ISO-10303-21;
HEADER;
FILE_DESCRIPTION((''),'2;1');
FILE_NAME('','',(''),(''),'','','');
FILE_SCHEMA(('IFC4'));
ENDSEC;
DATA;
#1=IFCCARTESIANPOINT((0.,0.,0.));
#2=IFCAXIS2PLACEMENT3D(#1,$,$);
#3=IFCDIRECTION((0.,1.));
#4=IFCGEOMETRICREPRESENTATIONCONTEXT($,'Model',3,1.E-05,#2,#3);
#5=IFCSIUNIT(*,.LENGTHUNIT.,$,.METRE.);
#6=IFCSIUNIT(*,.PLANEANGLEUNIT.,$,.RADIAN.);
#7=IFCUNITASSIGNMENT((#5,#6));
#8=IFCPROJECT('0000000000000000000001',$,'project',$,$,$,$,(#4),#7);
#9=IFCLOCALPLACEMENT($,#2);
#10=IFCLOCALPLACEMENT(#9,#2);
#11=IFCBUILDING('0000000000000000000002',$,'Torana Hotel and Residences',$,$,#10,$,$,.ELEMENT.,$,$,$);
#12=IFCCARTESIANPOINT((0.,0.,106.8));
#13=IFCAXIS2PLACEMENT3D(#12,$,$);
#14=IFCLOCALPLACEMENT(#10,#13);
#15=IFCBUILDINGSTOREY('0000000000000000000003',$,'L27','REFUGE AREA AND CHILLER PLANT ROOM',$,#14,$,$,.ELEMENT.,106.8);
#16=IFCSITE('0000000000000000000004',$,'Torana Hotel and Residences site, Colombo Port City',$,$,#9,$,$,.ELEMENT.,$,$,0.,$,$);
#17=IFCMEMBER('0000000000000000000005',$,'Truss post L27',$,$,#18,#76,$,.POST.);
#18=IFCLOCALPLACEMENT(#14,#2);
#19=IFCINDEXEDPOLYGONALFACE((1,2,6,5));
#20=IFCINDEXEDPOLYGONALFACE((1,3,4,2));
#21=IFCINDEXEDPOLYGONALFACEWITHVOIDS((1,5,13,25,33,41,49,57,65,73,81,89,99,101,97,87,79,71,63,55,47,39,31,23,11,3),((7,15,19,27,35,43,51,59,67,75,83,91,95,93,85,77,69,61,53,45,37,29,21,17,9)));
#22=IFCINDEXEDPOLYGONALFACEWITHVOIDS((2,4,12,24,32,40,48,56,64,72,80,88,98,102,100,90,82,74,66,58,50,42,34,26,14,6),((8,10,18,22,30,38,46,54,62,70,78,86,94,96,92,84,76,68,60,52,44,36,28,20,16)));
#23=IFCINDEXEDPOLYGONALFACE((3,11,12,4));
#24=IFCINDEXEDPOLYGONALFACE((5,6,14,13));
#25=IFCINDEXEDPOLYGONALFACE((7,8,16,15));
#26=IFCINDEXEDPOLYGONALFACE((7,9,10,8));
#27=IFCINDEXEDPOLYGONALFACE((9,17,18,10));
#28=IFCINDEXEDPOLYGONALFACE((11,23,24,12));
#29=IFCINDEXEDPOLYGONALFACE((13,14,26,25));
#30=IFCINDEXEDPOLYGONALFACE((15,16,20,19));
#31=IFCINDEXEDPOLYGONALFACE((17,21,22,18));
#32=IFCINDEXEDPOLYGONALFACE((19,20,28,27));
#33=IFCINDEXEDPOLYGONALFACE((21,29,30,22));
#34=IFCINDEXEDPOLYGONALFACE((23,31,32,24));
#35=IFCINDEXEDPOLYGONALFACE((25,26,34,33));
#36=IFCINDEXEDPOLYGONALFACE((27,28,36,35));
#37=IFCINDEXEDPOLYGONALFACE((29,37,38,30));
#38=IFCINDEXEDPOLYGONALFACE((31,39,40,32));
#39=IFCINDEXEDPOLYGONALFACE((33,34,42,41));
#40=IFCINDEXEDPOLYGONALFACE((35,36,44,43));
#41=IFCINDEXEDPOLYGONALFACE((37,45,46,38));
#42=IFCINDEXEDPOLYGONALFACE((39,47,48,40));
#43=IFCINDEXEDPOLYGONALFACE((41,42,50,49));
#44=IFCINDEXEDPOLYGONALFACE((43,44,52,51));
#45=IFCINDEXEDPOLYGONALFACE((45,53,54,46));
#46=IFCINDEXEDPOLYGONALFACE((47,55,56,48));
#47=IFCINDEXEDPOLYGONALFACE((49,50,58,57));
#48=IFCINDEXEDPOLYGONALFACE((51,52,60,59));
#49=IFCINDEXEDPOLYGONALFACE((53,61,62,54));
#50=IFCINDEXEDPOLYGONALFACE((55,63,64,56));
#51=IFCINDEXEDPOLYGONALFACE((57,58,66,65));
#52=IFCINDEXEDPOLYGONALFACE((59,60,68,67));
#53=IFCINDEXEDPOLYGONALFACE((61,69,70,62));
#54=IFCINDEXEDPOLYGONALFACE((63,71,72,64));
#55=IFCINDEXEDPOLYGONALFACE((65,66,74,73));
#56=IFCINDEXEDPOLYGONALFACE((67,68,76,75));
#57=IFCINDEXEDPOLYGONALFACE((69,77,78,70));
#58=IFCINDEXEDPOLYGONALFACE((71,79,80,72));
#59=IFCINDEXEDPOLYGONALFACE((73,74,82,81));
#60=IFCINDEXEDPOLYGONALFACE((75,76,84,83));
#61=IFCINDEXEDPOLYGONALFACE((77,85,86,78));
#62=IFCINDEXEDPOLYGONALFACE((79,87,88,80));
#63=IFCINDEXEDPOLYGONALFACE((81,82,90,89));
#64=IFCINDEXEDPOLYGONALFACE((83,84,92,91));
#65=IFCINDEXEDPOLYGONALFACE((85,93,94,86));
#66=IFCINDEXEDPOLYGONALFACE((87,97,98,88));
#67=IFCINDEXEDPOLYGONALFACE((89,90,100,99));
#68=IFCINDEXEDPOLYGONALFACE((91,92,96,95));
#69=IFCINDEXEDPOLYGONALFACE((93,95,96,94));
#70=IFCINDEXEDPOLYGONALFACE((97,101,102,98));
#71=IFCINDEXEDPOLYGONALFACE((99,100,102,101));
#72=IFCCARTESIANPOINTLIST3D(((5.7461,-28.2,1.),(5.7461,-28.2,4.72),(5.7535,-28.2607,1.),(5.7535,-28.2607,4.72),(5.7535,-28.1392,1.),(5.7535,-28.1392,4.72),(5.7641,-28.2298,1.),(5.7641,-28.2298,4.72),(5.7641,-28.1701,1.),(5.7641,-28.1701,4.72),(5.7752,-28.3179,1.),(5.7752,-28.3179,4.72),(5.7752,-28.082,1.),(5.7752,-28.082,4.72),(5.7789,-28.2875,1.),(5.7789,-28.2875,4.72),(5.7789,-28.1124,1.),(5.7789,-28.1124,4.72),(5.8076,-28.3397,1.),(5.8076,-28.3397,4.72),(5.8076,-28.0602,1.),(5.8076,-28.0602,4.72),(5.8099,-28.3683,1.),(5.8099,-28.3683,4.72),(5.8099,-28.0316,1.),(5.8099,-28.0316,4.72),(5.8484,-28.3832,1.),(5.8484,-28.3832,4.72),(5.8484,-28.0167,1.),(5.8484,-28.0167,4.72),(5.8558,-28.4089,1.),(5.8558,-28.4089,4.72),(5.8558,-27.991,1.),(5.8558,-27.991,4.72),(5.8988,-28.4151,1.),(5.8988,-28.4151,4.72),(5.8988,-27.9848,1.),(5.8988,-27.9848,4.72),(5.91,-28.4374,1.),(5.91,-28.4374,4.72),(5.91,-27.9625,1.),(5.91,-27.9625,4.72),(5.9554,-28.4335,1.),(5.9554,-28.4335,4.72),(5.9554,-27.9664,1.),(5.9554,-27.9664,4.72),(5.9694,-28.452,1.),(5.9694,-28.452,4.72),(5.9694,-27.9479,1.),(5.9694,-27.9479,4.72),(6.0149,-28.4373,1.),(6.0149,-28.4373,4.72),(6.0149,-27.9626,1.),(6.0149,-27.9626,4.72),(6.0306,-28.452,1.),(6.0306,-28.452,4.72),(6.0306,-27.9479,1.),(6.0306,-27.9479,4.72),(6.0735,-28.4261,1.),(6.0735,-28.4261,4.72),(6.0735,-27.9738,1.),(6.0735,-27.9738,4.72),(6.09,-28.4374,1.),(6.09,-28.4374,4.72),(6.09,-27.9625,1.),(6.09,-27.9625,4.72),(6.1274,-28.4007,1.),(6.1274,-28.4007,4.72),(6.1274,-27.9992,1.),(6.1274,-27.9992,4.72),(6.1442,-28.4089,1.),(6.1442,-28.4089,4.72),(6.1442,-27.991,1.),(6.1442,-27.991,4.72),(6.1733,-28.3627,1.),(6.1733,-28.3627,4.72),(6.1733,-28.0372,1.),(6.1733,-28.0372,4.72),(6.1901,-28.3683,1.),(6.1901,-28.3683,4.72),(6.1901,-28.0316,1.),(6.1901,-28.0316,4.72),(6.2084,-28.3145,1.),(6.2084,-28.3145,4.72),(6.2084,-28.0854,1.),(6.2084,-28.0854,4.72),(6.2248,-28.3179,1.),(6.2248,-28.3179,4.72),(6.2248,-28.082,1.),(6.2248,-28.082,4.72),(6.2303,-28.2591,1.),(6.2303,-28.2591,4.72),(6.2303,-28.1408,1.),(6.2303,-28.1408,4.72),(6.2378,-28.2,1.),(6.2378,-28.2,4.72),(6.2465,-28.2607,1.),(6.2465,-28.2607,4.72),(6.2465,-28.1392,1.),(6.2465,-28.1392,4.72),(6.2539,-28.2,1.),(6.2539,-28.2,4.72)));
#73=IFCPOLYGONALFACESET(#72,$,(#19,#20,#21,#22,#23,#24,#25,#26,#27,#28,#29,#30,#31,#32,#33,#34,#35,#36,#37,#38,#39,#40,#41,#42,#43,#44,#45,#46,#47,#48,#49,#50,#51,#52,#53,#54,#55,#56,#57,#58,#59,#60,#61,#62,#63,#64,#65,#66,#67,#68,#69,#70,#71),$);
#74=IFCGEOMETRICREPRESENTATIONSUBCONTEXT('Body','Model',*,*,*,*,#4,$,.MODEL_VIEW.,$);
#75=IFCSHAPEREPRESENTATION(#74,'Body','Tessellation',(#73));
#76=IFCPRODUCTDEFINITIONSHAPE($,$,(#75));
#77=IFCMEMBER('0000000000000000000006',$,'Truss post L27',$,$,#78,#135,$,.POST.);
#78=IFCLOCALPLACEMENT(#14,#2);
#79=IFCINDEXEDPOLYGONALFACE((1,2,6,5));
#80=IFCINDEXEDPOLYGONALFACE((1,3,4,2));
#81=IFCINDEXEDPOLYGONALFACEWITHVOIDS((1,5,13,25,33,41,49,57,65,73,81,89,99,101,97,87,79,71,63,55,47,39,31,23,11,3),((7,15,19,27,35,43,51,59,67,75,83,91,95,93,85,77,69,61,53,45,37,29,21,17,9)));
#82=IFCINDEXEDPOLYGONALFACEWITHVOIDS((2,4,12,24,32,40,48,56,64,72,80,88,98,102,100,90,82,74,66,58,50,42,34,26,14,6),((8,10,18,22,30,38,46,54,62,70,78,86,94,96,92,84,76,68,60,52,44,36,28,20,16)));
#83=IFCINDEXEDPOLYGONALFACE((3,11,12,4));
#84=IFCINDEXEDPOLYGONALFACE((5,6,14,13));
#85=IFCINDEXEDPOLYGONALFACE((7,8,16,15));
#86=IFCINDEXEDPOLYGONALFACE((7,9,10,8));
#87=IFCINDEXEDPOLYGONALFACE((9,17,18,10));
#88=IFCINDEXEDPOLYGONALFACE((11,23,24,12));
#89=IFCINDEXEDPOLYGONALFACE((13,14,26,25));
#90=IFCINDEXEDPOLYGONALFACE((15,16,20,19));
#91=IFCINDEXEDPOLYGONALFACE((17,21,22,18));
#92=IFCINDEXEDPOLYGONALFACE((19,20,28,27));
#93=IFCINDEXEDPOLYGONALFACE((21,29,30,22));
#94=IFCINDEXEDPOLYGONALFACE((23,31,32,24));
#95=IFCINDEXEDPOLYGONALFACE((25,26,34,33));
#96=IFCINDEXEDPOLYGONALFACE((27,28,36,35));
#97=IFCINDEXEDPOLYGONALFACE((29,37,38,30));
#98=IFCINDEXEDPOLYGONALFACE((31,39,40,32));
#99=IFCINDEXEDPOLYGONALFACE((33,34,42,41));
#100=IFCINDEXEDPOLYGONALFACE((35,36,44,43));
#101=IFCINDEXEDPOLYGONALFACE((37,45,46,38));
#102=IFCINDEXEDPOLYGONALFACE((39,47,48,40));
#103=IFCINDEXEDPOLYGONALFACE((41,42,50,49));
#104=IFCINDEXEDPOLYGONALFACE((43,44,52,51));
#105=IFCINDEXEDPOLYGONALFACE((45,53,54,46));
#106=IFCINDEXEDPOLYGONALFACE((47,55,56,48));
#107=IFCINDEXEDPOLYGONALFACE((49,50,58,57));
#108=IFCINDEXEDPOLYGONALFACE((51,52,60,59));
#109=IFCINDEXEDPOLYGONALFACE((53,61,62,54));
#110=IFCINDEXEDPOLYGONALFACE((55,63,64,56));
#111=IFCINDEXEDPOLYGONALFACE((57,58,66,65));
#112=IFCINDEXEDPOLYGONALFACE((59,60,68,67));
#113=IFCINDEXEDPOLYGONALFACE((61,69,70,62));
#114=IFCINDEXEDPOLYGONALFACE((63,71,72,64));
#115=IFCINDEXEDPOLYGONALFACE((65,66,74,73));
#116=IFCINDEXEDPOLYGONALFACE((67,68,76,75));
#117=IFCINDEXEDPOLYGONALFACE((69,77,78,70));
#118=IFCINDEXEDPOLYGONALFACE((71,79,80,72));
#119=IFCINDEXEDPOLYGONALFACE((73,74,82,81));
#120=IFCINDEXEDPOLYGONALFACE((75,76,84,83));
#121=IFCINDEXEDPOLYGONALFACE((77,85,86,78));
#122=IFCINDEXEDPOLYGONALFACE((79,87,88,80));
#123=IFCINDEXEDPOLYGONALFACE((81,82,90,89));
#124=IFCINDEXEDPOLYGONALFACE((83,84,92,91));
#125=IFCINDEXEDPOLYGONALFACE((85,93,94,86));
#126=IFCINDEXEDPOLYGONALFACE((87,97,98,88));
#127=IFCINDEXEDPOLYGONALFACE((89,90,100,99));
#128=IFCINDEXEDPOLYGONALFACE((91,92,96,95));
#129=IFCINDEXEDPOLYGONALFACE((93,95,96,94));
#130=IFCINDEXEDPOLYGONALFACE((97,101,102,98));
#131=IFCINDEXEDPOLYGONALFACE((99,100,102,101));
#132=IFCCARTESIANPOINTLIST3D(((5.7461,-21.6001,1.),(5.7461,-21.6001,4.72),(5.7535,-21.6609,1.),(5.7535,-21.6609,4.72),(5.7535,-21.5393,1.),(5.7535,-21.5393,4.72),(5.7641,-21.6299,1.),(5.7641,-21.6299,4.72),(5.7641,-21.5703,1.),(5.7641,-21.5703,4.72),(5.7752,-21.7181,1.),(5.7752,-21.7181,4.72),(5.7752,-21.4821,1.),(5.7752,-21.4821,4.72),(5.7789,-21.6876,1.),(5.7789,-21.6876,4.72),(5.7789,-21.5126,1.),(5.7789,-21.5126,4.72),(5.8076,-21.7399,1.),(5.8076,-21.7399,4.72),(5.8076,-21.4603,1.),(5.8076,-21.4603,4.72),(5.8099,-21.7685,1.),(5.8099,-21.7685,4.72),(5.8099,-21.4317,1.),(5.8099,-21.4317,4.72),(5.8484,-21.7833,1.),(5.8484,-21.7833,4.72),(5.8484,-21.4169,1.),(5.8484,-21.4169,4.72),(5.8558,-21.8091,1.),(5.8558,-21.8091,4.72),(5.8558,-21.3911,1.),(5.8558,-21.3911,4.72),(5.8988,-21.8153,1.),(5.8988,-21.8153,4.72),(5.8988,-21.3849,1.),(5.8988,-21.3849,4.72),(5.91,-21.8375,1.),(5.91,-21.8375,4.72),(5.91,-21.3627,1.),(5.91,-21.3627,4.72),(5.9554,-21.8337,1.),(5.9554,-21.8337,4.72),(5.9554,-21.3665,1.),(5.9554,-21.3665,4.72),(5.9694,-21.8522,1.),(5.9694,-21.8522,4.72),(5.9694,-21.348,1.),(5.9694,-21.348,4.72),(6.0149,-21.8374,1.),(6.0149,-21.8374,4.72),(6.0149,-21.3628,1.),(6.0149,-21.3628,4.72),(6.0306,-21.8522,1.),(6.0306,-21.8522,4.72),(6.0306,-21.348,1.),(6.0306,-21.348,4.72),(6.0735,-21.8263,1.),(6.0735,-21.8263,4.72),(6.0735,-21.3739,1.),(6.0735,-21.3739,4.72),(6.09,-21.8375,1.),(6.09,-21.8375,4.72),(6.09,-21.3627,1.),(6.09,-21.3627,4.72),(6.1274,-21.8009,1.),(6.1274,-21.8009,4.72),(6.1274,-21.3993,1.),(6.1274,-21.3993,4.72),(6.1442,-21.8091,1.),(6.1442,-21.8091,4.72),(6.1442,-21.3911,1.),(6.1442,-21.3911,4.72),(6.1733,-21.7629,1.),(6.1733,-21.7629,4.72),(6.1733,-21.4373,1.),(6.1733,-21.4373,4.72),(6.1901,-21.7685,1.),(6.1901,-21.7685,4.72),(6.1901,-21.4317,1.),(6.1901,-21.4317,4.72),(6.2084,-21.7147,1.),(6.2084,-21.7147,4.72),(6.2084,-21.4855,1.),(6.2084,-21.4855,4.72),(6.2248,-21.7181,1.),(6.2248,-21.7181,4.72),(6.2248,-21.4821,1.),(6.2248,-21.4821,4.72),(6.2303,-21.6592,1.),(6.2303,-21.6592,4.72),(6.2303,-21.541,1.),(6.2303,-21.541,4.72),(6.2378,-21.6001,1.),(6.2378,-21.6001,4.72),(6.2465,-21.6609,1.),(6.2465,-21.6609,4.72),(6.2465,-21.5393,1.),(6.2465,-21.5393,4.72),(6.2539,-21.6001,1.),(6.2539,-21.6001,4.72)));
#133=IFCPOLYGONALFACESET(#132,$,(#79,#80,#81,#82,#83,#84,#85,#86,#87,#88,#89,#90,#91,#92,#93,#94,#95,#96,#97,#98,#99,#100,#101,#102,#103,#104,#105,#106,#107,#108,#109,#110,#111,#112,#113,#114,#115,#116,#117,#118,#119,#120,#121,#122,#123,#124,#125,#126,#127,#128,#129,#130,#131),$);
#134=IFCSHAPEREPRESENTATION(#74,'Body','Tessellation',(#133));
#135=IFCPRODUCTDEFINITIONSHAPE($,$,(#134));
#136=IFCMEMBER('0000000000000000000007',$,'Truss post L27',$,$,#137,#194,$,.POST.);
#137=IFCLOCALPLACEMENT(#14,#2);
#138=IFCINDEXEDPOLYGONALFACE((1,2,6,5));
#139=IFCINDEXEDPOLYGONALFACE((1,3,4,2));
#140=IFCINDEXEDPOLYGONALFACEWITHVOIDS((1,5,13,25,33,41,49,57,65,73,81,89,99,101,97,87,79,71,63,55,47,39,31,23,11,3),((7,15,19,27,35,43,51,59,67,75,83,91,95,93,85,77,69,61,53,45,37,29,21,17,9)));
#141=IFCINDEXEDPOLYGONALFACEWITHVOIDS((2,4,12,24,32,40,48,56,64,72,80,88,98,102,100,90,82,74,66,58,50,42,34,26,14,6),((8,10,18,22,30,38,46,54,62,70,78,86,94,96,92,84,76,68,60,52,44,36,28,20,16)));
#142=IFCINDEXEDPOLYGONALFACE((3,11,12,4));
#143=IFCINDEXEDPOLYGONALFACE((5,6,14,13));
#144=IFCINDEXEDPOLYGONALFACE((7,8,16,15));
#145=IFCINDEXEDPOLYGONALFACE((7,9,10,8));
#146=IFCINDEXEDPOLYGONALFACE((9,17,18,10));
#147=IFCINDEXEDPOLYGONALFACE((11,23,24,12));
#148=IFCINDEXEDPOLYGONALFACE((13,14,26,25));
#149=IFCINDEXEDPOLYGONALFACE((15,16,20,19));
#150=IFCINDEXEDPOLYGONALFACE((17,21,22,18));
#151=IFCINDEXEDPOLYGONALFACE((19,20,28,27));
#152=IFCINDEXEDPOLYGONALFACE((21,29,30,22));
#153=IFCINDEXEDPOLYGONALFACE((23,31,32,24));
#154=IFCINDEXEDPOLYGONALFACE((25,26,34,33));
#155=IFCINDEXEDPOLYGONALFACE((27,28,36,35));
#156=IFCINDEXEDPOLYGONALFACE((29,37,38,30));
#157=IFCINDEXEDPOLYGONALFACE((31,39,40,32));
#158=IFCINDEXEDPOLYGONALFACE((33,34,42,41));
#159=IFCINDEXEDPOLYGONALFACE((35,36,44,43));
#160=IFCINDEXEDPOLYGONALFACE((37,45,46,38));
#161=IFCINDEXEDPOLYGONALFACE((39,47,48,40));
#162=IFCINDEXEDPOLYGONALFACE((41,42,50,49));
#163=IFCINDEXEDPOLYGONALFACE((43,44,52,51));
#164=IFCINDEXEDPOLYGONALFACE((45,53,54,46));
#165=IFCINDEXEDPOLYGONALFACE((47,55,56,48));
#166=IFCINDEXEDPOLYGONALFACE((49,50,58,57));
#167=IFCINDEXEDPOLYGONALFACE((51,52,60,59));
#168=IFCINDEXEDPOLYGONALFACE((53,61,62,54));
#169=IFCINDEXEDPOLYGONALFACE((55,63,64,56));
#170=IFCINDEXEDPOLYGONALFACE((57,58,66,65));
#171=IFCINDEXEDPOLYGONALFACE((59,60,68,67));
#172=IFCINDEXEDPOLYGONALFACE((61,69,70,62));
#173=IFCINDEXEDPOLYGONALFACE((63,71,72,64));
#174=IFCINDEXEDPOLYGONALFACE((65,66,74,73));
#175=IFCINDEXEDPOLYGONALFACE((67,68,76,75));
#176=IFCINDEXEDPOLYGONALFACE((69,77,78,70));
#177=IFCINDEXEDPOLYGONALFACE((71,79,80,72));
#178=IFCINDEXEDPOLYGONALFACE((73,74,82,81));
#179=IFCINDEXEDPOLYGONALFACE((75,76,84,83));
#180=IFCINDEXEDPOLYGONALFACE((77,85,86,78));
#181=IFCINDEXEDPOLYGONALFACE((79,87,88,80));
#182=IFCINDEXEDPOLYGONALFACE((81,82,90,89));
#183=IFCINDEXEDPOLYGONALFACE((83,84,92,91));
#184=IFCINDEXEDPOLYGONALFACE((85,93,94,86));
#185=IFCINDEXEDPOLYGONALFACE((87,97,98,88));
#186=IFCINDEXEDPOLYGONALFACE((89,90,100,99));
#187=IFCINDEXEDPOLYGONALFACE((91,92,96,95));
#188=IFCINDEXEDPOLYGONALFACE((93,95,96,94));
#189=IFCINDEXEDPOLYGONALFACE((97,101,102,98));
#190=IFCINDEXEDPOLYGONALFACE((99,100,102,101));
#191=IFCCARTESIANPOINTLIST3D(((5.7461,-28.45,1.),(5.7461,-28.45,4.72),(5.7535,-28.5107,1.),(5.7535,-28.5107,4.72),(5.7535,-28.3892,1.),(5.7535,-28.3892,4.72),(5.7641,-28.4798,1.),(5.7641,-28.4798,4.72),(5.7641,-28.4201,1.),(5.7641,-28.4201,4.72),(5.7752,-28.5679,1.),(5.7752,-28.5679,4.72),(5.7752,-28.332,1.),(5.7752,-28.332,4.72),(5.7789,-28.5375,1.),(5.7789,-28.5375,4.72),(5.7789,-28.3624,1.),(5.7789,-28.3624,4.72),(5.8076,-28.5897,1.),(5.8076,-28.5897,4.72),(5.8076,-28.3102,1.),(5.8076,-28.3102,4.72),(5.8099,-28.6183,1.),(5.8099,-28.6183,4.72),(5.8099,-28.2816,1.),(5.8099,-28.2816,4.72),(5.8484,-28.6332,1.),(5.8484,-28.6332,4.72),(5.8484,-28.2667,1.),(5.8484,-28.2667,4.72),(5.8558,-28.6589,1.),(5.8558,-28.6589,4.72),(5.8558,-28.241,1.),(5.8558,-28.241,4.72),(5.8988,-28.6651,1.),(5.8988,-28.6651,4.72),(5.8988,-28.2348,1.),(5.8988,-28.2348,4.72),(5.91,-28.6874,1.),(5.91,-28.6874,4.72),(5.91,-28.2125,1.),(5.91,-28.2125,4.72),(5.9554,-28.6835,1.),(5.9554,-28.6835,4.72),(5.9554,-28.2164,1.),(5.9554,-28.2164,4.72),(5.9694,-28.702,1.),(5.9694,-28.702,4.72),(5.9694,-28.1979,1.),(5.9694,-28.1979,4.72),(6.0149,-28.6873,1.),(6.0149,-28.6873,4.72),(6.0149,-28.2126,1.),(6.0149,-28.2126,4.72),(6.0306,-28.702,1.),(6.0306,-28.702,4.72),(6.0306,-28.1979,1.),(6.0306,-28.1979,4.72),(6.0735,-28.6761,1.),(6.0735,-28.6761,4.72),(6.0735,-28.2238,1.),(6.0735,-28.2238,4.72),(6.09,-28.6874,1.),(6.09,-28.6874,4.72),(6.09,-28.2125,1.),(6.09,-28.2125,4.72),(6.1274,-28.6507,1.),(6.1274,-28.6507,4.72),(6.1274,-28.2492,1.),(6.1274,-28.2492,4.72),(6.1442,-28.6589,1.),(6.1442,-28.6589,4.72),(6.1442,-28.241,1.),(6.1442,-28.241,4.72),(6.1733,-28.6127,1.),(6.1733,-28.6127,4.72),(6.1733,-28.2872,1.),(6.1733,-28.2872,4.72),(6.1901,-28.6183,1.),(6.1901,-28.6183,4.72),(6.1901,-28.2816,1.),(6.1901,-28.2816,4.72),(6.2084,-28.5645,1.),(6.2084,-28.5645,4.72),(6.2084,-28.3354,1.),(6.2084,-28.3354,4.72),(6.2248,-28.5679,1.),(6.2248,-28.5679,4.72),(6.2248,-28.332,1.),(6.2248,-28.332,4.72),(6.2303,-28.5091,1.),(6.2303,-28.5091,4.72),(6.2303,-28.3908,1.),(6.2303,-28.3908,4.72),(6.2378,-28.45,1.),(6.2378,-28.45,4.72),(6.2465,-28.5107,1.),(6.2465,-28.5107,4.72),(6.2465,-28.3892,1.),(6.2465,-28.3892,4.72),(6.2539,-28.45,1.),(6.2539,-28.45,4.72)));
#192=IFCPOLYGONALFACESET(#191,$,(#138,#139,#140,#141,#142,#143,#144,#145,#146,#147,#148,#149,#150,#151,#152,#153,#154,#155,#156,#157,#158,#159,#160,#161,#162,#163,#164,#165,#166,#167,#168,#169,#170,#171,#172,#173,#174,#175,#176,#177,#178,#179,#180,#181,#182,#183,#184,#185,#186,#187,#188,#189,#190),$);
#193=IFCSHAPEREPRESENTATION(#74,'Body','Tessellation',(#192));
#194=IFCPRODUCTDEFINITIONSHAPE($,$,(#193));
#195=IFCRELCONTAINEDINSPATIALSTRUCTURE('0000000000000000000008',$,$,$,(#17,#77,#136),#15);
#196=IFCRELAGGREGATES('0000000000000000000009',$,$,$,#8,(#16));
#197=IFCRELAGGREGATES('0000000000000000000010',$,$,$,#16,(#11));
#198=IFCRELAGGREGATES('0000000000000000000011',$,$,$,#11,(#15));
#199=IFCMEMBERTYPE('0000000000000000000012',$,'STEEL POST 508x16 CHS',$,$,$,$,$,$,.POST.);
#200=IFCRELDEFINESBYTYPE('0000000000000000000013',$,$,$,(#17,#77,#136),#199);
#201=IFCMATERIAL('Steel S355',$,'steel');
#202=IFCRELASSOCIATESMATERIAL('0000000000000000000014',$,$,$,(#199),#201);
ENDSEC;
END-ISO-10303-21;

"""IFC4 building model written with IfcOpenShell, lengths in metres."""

from ifc_helpers import new_model, si_unit, direction, frame, origin, origin_2d, place, context, subcontext, project, spatial, hollow_circle, extrude, material, material_profile, profile_set, type_object, element, save


model = new_model("IFC4")

# Units and contexts
model_context = context("Model", 3, precision=1e-05, world=origin(), true_north=direction((0.0, 1.0)))
body_context = subcontext(model_context, "Body", "Model", "MODEL_VIEW")
ifc_project = project(units=[si_unit("LENGTHUNIT", "METRE"), si_unit("PLANEANGLEUNIT", "RADIAN")], contexts=[model_context])

# Site, building, storey
site_placement = place(None, origin())
site = spatial("IfcSite", under=ifc_project, at=site_placement, Name="Torana Hotel and Residences site, Colombo Port City", CompositionType="ELEMENT", RefElevation=0.0)
building_placement = place(site_placement, origin())
building = spatial("IfcBuilding", under=site, at=building_placement, Name="Torana Hotel and Residences", CompositionType="ELEMENT")
storey_placement = place(building_placement, frame((0.0, 0.0, 106.8)))
storey = spatial("IfcBuildingStorey", under=building, at=storey_placement, Name="L27", Description="REFUGE AREA AND CHILLER PLANT ROOM", CompositionType="ELEMENT", Elevation=106.8)

# Members
ifc_material_1 = material(Name="Steel S355", Category="steel")
ifc_material_profile_1 = material_profile(ifc_material_1, hollow_circle(Radius=0.2539, WallThickness=0.0161, at=origin_2d()), Name="508x16 CHS")
ifc_profile_set_1 = profile_set([ifc_material_profile_1], Name="Steel S355")
member_type_1 = type_object("IfcMemberType", Name="STEEL POST 508x16 CHS", PredefinedType="POST", material=ifc_profile_set_1)
for number, where, z_axis, x_axis, name in (
    (1, (6.0, -28.2, 1.0), (0.0, 0.0, 1.0), (1.0, 0.0, 0.0), "Truss post L27"),
    (2, (6.0, -21.6001, 1.0), (0.0, 0.0, 1.0), (1.0, 0.0, 0.0), "Truss post L27"),
    (3, (6.0, -28.45, 1.0), (0.0, 0.0, 1.0), (1.0, 0.0, 0.0), "Truss post L27"),
):
    element("IfcMember", number, at=place(storey_placement, frame(where, z_axis=z_axis, x_axis=x_axis)), inside=storey, type_object=member_type_1, Name=name, PredefinedType="POST", context=body_context, shape_type="SweptSolid", body=[
        extrude(hollow_circle(Radius=0.2539, WallThickness=0.0161, at=origin_2d()), origin(), (0.0, 0.0, 1.0), 3.72),
    ])

save(model, "model.ifc")
